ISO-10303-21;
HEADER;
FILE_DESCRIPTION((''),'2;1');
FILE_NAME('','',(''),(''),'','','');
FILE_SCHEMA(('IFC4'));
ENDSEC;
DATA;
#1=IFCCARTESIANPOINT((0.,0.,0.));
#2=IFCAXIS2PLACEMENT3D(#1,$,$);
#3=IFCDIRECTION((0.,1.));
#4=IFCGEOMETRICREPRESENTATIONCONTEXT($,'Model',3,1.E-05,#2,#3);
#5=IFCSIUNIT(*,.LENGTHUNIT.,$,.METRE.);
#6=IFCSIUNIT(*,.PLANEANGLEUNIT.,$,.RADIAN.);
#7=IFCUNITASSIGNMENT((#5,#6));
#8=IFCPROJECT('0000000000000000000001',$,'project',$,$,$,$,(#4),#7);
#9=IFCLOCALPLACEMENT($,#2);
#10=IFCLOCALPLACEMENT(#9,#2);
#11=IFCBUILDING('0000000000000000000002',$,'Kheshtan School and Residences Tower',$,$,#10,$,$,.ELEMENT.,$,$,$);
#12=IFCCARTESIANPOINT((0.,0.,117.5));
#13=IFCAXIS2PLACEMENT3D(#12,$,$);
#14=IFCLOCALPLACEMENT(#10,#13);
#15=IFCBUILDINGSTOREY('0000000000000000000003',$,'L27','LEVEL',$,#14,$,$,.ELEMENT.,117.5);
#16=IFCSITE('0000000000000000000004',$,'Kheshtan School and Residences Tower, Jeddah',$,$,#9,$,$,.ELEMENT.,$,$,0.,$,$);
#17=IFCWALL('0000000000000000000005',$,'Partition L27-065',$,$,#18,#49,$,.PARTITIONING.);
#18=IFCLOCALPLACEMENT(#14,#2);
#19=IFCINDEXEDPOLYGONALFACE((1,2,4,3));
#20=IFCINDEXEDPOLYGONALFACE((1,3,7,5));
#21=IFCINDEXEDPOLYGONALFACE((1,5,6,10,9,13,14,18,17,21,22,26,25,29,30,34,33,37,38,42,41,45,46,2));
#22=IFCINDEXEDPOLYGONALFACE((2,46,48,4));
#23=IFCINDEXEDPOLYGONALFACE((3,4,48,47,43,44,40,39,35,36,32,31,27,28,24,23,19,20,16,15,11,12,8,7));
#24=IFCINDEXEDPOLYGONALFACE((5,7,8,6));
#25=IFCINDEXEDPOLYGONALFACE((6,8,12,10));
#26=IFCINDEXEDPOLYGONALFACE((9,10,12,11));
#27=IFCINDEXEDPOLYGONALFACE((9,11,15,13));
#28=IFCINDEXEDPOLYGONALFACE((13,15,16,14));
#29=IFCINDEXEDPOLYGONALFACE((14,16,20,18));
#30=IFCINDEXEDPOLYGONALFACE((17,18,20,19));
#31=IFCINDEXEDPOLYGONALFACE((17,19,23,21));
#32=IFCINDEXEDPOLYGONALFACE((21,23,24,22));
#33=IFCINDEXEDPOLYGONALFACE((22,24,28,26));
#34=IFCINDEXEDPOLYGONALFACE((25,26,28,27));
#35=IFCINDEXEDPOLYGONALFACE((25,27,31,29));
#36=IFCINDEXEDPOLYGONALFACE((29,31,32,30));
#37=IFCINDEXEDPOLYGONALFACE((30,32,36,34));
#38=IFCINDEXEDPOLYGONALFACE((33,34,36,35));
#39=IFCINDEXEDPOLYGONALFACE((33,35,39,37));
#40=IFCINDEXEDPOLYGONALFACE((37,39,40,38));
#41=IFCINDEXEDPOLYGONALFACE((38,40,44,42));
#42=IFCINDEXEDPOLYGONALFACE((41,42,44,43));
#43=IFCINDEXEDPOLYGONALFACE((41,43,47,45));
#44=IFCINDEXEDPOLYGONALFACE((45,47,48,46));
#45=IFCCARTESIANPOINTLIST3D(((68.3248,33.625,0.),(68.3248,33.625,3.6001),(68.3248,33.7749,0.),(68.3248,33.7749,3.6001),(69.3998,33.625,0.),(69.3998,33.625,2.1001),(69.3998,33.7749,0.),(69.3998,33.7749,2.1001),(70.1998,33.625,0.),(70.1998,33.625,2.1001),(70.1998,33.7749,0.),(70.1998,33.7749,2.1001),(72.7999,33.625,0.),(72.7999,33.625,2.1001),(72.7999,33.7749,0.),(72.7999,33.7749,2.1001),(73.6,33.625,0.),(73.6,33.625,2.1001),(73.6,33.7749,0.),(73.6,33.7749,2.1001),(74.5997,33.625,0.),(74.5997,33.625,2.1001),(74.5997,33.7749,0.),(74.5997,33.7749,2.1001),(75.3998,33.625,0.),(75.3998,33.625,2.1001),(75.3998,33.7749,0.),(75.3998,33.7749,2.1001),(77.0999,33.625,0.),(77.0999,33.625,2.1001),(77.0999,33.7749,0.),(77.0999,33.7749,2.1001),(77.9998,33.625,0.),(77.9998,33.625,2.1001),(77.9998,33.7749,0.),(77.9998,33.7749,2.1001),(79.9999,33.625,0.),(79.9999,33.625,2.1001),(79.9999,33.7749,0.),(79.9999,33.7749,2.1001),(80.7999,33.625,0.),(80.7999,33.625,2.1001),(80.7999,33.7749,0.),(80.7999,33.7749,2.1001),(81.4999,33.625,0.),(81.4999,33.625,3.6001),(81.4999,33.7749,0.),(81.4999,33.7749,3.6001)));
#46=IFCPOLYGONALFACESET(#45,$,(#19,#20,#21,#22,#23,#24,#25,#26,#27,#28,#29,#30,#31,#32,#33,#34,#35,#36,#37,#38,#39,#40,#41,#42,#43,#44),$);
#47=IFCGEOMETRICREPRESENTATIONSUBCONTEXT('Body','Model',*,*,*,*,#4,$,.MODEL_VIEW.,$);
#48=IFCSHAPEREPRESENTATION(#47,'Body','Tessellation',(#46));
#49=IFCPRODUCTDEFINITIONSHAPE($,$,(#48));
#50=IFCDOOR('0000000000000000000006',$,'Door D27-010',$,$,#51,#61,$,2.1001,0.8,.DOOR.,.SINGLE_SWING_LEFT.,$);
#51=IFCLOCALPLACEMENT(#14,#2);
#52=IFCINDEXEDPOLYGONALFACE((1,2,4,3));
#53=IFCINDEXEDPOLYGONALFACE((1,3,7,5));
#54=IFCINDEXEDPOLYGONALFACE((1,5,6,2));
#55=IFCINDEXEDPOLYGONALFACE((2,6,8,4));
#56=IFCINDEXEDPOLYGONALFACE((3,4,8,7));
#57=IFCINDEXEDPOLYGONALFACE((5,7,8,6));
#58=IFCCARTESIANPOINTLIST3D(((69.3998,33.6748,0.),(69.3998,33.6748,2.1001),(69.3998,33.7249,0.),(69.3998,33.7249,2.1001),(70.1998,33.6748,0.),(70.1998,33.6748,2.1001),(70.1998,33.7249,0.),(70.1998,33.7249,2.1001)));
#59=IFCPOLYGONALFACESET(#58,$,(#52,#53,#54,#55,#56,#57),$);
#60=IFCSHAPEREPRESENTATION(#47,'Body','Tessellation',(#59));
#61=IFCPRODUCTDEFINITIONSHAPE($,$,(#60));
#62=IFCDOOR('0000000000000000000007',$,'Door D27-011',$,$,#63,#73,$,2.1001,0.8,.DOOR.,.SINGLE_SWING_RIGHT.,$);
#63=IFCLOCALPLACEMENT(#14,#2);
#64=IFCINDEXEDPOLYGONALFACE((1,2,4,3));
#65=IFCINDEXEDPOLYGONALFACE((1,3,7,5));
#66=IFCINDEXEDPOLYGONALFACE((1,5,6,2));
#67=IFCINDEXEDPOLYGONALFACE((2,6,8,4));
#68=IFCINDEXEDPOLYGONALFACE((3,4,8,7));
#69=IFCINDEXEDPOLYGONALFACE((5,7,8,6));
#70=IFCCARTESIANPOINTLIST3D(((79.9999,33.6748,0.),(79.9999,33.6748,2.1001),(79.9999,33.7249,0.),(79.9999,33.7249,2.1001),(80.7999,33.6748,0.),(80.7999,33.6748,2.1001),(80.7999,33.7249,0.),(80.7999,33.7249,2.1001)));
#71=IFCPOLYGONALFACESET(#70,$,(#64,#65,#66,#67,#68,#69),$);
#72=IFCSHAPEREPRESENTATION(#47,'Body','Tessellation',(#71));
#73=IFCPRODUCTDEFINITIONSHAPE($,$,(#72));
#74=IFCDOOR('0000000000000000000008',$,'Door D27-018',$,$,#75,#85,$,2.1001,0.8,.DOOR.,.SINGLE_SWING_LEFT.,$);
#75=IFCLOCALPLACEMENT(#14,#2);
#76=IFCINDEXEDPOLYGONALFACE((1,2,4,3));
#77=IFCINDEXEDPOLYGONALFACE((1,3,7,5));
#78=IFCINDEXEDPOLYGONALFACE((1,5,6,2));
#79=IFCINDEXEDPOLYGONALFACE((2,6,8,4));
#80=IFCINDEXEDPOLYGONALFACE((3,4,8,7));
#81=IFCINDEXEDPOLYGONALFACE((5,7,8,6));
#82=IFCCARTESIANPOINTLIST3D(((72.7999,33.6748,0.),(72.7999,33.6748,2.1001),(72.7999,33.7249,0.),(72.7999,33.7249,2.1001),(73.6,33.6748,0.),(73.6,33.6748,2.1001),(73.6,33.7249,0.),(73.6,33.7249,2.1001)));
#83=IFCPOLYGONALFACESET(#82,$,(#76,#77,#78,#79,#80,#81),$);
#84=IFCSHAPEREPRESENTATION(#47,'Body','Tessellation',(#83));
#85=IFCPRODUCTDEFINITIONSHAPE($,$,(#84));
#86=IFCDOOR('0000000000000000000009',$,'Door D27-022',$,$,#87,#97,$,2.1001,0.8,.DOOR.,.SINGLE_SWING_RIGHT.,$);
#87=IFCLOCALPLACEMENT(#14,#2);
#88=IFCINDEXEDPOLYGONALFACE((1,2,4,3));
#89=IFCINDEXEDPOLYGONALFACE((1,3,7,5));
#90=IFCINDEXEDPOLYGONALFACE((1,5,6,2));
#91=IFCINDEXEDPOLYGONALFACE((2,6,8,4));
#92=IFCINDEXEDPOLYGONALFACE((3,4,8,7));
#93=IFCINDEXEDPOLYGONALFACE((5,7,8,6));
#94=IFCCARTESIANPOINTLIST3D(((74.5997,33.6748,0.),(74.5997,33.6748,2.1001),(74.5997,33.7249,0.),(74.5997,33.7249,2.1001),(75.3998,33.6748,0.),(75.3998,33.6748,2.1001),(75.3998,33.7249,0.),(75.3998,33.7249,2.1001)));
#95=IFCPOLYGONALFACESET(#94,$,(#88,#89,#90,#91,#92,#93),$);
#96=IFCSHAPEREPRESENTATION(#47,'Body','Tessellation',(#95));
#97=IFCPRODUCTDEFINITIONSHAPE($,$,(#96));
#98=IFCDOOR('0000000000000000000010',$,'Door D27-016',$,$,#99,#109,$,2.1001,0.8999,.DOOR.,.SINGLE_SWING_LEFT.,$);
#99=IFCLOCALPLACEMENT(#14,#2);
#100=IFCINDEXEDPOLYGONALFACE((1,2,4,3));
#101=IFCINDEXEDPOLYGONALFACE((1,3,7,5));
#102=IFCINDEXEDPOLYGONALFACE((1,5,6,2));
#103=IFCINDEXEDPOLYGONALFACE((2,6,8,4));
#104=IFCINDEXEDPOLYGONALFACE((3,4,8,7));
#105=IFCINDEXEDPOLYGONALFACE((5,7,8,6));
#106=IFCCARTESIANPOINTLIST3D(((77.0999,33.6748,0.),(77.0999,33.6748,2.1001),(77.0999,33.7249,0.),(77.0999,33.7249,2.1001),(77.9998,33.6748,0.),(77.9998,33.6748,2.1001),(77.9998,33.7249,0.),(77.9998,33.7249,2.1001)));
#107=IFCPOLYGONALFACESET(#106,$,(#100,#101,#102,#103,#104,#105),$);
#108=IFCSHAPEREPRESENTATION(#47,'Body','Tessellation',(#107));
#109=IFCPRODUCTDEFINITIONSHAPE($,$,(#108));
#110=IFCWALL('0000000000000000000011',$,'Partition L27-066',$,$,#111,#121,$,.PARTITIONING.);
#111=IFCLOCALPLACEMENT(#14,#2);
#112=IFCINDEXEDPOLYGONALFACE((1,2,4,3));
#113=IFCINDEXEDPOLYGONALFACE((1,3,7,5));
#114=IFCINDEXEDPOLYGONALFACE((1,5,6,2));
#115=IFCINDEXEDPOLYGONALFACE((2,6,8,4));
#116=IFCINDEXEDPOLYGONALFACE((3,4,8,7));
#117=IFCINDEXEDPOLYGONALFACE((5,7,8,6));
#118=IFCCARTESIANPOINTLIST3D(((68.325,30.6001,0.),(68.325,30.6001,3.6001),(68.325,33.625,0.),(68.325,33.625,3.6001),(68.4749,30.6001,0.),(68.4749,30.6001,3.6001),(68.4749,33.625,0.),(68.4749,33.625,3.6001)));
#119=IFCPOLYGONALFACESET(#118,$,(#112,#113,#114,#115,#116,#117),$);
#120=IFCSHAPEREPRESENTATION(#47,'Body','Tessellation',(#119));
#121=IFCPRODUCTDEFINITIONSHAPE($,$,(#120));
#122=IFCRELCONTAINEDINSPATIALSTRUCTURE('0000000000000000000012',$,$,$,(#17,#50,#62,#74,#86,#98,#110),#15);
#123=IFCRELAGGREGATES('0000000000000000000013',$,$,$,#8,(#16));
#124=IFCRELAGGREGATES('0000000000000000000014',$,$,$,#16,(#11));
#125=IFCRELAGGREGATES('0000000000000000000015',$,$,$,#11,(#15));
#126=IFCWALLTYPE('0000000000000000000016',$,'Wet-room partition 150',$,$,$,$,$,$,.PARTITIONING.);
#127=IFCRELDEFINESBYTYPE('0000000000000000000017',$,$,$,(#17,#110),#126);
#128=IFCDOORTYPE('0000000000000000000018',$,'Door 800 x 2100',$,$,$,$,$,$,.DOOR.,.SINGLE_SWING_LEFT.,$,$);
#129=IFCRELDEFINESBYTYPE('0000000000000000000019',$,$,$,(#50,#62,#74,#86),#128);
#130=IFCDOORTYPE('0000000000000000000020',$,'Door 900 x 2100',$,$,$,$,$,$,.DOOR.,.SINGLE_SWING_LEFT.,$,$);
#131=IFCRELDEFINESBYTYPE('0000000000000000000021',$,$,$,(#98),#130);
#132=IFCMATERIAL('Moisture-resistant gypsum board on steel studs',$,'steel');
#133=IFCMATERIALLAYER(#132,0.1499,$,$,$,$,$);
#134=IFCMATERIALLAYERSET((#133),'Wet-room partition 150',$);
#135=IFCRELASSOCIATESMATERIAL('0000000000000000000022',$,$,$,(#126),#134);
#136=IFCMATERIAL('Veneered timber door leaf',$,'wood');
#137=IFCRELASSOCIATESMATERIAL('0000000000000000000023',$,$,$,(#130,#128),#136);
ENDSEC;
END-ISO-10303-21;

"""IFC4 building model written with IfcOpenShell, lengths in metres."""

from ifc_helpers import new_model, si_unit, direction, frame, frame_2d, origin, place, context, subcontext, project, spatial, rectangle, extrude, source, transform, mapped, material, layer, layer_set, type_object, element, fill, save


model = new_model("IFC4")

# Units and contexts
model_context = context("Model", 3, precision=1e-05, world=origin(), true_north=direction((0.0, 1.0)))
body_context = subcontext(model_context, "Body", "Model", "MODEL_VIEW")
ifc_project = project(units=[si_unit("LENGTHUNIT", "METRE"), si_unit("PLANEANGLEUNIT", "RADIAN")], contexts=[model_context])

# Site, building, storey
site_placement = place(None, origin())
site = spatial("IfcSite", under=ifc_project, at=site_placement, Name="Kheshtan School and Residences Tower, Jeddah", CompositionType="ELEMENT", RefElevation=0.0)
building_placement = place(site_placement, origin())
building = spatial("IfcBuilding", under=site, at=building_placement, Name="Kheshtan School and Residences Tower", CompositionType="ELEMENT")
storey_placement = place(building_placement, frame((0.0, 0.0, 117.5)))
storey = spatial("IfcBuildingStorey", under=building, at=storey_placement, Name="L27", Description="LEVEL", CompositionType="ELEMENT", Elevation=117.5)

# Shared definitions
ifc_material_1 = material(Name="Moisture-resistant gypsum board on steel studs", Category="steel")
ifc_layer_1 = layer(ifc_material_1, 0.1499)
ifc_layer_set_1 = layer_set([ifc_layer_1], Name="Wet-room partition 150")
wall_type_1 = type_object("IfcWallType", Name="Wet-room partition 150", PredefinedType="PARTITIONING", material=ifc_layer_set_1)

# Wall, openings, doors
ifc_material_2 = material(Name="Veneered timber door leaf", Category="wood")
door_type_1 = type_object("IfcDoorType", Name="Door 900 x 2100", OperationType="SINGLE_SWING_LEFT", PredefinedType="DOOR", material=ifc_material_2)
shared_shape_1 = source(origin(), body_context, "Body", "SweptSolid", [
    extrude(rectangle(XDim=0.8999, YDim=2.1001, at=frame_2d((0.45, 1.05))), frame((0.0, 0.0249, 0.0), z_axis=(0.0, -1.0, 0.0), x_axis=(1.0, 0.0, 0.0)), (0.0, 0.0, 1.0), 0.05),
])
wall_1_placement = place(storey_placement, frame((68.325, 33.7, 0.0), z_axis=(0.0, 0.0, 1.0), x_axis=(1.0, 0.0, 0.0)))
wall_1 = element("IfcWall", 1, at=wall_1_placement, inside=storey, type_object=wall_type_1, Name="Partition L27-065", PredefinedType="PARTITIONING", context=body_context, shape_type="SweptSolid", body=[
    extrude(rectangle(XDim=13.175, YDim=0.1499, at=frame_2d((6.5874, 0.0))), origin(), (0.0, 0.0, 1.0), 3.6001),
])
opening_1_placement = place(wall_1_placement, frame((1.075, 0.0, 0.0)))
opening_1 = element("IfcOpeningElement", 2, at=opening_1_placement, cuts=wall_1, PredefinedType="OPENING", context=body_context, shape_type="SweptSolid", body=[
    extrude(rectangle(XDim=0.8, YDim=2.1001, at=frame_2d((0.3999, 1.05))), frame((0.0, 0.085, 0.0), z_axis=(0.0, -1.0, 0.0), x_axis=(1.0, 0.0, 0.0)), (0.0, 0.0, 1.0), 0.1699),
])
opening_2_placement = place(wall_1_placement, frame((11.675, 0.0, 0.0)))
opening_2 = element("IfcOpeningElement", 3, at=opening_2_placement, cuts=wall_1, PredefinedType="OPENING", context=body_context, shape_type="SweptSolid", body=[
    extrude(rectangle(XDim=0.8, YDim=2.1001, at=frame_2d((0.3999, 1.05))), frame((0.0, 0.085, 0.0), z_axis=(0.0, -1.0, 0.0), x_axis=(1.0, 0.0, 0.0)), (0.0, 0.0, 1.0), 0.1699),
])
opening_3_placement = place(wall_1_placement, frame((8.7749, 0.0, 0.0)))
opening_3 = element("IfcOpeningElement", 4, at=opening_3_placement, cuts=wall_1, PredefinedType="OPENING", context=body_context, shape_type="SweptSolid", body=[
    extrude(rectangle(XDim=0.8999, YDim=2.1001, at=frame_2d((0.45, 1.05))), frame((0.0, 0.085, 0.0), z_axis=(0.0, -1.0, 0.0), x_axis=(1.0, 0.0, 0.0)), (0.0, 0.0, 1.0), 0.1699),
])
opening_4_placement = place(wall_1_placement, frame((4.4751, 0.0, 0.0)))
opening_4 = element("IfcOpeningElement", 5, at=opening_4_placement, cuts=wall_1, PredefinedType="OPENING", context=body_context, shape_type="SweptSolid", body=[
    extrude(rectangle(XDim=0.8, YDim=2.1001, at=frame_2d((0.3999, 1.05))), frame((0.0, 0.085, 0.0), z_axis=(0.0, -1.0, 0.0), x_axis=(1.0, 0.0, 0.0)), (0.0, 0.0, 1.0), 0.1699),
])
opening_5_placement = place(wall_1_placement, frame((6.2749, 0.0, 0.0)))
opening_5 = element("IfcOpeningElement", 6, at=opening_5_placement, cuts=wall_1, PredefinedType="OPENING", context=body_context, shape_type="SweptSolid", body=[
    extrude(rectangle(XDim=0.8, YDim=2.1001, at=frame_2d((0.3999, 1.05))), frame((0.0, 0.085, 0.0), z_axis=(0.0, -1.0, 0.0), x_axis=(1.0, 0.0, 0.0)), (0.0, 0.0, 1.0), 0.1699),
])
door_type_2 = type_object("IfcDoorType", Name="Door 800 x 2100", OperationType="SINGLE_SWING_LEFT", PredefinedType="DOOR", material=ifc_material_2)
shared_shape_2 = source(origin(), body_context, "Body", "SweptSolid", [
    extrude(rectangle(XDim=0.8, YDim=2.1001, at=frame_2d((0.3999, 1.05))), frame((0.0, 0.0249, 0.0), z_axis=(0.0, -1.0, 0.0), x_axis=(1.0, 0.0, 0.0)), (0.0, 0.0, 1.0), 0.05),
])
door_1_placement = place(opening_1_placement, origin())
door_1 = element("IfcDoor", 7, at=door_1_placement, inside=storey, type_object=door_type_2, Name="Door D27-010", OperationType="SINGLE_SWING_LEFT", OverallHeight=2.1001, OverallWidth=0.8, PredefinedType="DOOR", context=body_context, shape_type="MappedRepresentation", body=[
    mapped(shared_shape_2, transform((0.0, 0.0, 0.0), x_axis=(1.0, 0.0, 0.0), y_axis=(0.0, 1.0, 0.0), z_axis=(0.0, 0.0, 1.0), scale=1.0)),
])
fill(opening_1, door_1)
door_2_placement = place(opening_2_placement, origin())
door_2 = element("IfcDoor", 8, at=door_2_placement, inside=storey, type_object=door_type_2, Name="Door D27-011", OperationType="SINGLE_SWING_RIGHT", OverallHeight=2.1001, OverallWidth=0.8, PredefinedType="DOOR", context=body_context, shape_type="MappedRepresentation", body=[
    mapped(shared_shape_2, transform((0.0, 0.0, 0.0), x_axis=(1.0, 0.0, 0.0), y_axis=(0.0, 1.0, 0.0), z_axis=(0.0, 0.0, 1.0), scale=1.0)),
])
fill(opening_2, door_2)
door_3_placement = place(opening_4_placement, origin())
door_3 = element("IfcDoor", 9, at=door_3_placement, inside=storey, type_object=door_type_2, Name="Door D27-018", OperationType="SINGLE_SWING_LEFT", OverallHeight=2.1001, OverallWidth=0.8, PredefinedType="DOOR", context=body_context, shape_type="MappedRepresentation", body=[
    mapped(shared_shape_2, transform((0.0, 0.0, 0.0), x_axis=(1.0, 0.0, 0.0), y_axis=(0.0, 1.0, 0.0), z_axis=(0.0, 0.0, 1.0), scale=1.0)),
])
fill(opening_4, door_3)
door_4_placement = place(opening_5_placement, origin())
door_4 = element("IfcDoor", 10, at=door_4_placement, inside=storey, type_object=door_type_2, Name="Door D27-022", OperationType="SINGLE_SWING_RIGHT", OverallHeight=2.1001, OverallWidth=0.8, PredefinedType="DOOR", context=body_context, shape_type="MappedRepresentation", body=[
    mapped(shared_shape_2, transform((0.0, 0.0, 0.0), x_axis=(1.0, 0.0, 0.0), y_axis=(0.0, 1.0, 0.0), z_axis=(0.0, 0.0, 1.0), scale=1.0)),
])
fill(opening_5, door_4)
door_5_placement = place(opening_3_placement, origin())
door_5 = element("IfcDoor", 11, at=door_5_placement, inside=storey, type_object=door_type_1, Name="Door D27-016", OperationType="SINGLE_SWING_LEFT", OverallHeight=2.1001, OverallWidth=0.8999, PredefinedType="DOOR", context=body_context, shape_type="MappedRepresentation", body=[
    mapped(shared_shape_1, transform((0.0, 0.0, 0.0), x_axis=(1.0, 0.0, 0.0), y_axis=(0.0, 1.0, 0.0), z_axis=(0.0, 0.0, 1.0), scale=1.0)),
])
fill(opening_3, door_5)

# Wall
wall_2_placement = place(storey_placement, frame((68.3999, 30.6001, 0.0), z_axis=(0.0, 0.0, 1.0), x_axis=(0.0, 1.0, 0.0)))
element("IfcWall", 12, at=wall_2_placement, inside=storey, type_object=wall_type_1, Name="Partition L27-066", PredefinedType="PARTITIONING", context=body_context, shape_type="SweptSolid", body=[
    extrude(rectangle(XDim=3.0249, YDim=0.1499, at=frame_2d((1.5125, 0.0))), origin(), (0.0, 0.0, 1.0), 3.6001),
])

save(model, "model.ifc")
